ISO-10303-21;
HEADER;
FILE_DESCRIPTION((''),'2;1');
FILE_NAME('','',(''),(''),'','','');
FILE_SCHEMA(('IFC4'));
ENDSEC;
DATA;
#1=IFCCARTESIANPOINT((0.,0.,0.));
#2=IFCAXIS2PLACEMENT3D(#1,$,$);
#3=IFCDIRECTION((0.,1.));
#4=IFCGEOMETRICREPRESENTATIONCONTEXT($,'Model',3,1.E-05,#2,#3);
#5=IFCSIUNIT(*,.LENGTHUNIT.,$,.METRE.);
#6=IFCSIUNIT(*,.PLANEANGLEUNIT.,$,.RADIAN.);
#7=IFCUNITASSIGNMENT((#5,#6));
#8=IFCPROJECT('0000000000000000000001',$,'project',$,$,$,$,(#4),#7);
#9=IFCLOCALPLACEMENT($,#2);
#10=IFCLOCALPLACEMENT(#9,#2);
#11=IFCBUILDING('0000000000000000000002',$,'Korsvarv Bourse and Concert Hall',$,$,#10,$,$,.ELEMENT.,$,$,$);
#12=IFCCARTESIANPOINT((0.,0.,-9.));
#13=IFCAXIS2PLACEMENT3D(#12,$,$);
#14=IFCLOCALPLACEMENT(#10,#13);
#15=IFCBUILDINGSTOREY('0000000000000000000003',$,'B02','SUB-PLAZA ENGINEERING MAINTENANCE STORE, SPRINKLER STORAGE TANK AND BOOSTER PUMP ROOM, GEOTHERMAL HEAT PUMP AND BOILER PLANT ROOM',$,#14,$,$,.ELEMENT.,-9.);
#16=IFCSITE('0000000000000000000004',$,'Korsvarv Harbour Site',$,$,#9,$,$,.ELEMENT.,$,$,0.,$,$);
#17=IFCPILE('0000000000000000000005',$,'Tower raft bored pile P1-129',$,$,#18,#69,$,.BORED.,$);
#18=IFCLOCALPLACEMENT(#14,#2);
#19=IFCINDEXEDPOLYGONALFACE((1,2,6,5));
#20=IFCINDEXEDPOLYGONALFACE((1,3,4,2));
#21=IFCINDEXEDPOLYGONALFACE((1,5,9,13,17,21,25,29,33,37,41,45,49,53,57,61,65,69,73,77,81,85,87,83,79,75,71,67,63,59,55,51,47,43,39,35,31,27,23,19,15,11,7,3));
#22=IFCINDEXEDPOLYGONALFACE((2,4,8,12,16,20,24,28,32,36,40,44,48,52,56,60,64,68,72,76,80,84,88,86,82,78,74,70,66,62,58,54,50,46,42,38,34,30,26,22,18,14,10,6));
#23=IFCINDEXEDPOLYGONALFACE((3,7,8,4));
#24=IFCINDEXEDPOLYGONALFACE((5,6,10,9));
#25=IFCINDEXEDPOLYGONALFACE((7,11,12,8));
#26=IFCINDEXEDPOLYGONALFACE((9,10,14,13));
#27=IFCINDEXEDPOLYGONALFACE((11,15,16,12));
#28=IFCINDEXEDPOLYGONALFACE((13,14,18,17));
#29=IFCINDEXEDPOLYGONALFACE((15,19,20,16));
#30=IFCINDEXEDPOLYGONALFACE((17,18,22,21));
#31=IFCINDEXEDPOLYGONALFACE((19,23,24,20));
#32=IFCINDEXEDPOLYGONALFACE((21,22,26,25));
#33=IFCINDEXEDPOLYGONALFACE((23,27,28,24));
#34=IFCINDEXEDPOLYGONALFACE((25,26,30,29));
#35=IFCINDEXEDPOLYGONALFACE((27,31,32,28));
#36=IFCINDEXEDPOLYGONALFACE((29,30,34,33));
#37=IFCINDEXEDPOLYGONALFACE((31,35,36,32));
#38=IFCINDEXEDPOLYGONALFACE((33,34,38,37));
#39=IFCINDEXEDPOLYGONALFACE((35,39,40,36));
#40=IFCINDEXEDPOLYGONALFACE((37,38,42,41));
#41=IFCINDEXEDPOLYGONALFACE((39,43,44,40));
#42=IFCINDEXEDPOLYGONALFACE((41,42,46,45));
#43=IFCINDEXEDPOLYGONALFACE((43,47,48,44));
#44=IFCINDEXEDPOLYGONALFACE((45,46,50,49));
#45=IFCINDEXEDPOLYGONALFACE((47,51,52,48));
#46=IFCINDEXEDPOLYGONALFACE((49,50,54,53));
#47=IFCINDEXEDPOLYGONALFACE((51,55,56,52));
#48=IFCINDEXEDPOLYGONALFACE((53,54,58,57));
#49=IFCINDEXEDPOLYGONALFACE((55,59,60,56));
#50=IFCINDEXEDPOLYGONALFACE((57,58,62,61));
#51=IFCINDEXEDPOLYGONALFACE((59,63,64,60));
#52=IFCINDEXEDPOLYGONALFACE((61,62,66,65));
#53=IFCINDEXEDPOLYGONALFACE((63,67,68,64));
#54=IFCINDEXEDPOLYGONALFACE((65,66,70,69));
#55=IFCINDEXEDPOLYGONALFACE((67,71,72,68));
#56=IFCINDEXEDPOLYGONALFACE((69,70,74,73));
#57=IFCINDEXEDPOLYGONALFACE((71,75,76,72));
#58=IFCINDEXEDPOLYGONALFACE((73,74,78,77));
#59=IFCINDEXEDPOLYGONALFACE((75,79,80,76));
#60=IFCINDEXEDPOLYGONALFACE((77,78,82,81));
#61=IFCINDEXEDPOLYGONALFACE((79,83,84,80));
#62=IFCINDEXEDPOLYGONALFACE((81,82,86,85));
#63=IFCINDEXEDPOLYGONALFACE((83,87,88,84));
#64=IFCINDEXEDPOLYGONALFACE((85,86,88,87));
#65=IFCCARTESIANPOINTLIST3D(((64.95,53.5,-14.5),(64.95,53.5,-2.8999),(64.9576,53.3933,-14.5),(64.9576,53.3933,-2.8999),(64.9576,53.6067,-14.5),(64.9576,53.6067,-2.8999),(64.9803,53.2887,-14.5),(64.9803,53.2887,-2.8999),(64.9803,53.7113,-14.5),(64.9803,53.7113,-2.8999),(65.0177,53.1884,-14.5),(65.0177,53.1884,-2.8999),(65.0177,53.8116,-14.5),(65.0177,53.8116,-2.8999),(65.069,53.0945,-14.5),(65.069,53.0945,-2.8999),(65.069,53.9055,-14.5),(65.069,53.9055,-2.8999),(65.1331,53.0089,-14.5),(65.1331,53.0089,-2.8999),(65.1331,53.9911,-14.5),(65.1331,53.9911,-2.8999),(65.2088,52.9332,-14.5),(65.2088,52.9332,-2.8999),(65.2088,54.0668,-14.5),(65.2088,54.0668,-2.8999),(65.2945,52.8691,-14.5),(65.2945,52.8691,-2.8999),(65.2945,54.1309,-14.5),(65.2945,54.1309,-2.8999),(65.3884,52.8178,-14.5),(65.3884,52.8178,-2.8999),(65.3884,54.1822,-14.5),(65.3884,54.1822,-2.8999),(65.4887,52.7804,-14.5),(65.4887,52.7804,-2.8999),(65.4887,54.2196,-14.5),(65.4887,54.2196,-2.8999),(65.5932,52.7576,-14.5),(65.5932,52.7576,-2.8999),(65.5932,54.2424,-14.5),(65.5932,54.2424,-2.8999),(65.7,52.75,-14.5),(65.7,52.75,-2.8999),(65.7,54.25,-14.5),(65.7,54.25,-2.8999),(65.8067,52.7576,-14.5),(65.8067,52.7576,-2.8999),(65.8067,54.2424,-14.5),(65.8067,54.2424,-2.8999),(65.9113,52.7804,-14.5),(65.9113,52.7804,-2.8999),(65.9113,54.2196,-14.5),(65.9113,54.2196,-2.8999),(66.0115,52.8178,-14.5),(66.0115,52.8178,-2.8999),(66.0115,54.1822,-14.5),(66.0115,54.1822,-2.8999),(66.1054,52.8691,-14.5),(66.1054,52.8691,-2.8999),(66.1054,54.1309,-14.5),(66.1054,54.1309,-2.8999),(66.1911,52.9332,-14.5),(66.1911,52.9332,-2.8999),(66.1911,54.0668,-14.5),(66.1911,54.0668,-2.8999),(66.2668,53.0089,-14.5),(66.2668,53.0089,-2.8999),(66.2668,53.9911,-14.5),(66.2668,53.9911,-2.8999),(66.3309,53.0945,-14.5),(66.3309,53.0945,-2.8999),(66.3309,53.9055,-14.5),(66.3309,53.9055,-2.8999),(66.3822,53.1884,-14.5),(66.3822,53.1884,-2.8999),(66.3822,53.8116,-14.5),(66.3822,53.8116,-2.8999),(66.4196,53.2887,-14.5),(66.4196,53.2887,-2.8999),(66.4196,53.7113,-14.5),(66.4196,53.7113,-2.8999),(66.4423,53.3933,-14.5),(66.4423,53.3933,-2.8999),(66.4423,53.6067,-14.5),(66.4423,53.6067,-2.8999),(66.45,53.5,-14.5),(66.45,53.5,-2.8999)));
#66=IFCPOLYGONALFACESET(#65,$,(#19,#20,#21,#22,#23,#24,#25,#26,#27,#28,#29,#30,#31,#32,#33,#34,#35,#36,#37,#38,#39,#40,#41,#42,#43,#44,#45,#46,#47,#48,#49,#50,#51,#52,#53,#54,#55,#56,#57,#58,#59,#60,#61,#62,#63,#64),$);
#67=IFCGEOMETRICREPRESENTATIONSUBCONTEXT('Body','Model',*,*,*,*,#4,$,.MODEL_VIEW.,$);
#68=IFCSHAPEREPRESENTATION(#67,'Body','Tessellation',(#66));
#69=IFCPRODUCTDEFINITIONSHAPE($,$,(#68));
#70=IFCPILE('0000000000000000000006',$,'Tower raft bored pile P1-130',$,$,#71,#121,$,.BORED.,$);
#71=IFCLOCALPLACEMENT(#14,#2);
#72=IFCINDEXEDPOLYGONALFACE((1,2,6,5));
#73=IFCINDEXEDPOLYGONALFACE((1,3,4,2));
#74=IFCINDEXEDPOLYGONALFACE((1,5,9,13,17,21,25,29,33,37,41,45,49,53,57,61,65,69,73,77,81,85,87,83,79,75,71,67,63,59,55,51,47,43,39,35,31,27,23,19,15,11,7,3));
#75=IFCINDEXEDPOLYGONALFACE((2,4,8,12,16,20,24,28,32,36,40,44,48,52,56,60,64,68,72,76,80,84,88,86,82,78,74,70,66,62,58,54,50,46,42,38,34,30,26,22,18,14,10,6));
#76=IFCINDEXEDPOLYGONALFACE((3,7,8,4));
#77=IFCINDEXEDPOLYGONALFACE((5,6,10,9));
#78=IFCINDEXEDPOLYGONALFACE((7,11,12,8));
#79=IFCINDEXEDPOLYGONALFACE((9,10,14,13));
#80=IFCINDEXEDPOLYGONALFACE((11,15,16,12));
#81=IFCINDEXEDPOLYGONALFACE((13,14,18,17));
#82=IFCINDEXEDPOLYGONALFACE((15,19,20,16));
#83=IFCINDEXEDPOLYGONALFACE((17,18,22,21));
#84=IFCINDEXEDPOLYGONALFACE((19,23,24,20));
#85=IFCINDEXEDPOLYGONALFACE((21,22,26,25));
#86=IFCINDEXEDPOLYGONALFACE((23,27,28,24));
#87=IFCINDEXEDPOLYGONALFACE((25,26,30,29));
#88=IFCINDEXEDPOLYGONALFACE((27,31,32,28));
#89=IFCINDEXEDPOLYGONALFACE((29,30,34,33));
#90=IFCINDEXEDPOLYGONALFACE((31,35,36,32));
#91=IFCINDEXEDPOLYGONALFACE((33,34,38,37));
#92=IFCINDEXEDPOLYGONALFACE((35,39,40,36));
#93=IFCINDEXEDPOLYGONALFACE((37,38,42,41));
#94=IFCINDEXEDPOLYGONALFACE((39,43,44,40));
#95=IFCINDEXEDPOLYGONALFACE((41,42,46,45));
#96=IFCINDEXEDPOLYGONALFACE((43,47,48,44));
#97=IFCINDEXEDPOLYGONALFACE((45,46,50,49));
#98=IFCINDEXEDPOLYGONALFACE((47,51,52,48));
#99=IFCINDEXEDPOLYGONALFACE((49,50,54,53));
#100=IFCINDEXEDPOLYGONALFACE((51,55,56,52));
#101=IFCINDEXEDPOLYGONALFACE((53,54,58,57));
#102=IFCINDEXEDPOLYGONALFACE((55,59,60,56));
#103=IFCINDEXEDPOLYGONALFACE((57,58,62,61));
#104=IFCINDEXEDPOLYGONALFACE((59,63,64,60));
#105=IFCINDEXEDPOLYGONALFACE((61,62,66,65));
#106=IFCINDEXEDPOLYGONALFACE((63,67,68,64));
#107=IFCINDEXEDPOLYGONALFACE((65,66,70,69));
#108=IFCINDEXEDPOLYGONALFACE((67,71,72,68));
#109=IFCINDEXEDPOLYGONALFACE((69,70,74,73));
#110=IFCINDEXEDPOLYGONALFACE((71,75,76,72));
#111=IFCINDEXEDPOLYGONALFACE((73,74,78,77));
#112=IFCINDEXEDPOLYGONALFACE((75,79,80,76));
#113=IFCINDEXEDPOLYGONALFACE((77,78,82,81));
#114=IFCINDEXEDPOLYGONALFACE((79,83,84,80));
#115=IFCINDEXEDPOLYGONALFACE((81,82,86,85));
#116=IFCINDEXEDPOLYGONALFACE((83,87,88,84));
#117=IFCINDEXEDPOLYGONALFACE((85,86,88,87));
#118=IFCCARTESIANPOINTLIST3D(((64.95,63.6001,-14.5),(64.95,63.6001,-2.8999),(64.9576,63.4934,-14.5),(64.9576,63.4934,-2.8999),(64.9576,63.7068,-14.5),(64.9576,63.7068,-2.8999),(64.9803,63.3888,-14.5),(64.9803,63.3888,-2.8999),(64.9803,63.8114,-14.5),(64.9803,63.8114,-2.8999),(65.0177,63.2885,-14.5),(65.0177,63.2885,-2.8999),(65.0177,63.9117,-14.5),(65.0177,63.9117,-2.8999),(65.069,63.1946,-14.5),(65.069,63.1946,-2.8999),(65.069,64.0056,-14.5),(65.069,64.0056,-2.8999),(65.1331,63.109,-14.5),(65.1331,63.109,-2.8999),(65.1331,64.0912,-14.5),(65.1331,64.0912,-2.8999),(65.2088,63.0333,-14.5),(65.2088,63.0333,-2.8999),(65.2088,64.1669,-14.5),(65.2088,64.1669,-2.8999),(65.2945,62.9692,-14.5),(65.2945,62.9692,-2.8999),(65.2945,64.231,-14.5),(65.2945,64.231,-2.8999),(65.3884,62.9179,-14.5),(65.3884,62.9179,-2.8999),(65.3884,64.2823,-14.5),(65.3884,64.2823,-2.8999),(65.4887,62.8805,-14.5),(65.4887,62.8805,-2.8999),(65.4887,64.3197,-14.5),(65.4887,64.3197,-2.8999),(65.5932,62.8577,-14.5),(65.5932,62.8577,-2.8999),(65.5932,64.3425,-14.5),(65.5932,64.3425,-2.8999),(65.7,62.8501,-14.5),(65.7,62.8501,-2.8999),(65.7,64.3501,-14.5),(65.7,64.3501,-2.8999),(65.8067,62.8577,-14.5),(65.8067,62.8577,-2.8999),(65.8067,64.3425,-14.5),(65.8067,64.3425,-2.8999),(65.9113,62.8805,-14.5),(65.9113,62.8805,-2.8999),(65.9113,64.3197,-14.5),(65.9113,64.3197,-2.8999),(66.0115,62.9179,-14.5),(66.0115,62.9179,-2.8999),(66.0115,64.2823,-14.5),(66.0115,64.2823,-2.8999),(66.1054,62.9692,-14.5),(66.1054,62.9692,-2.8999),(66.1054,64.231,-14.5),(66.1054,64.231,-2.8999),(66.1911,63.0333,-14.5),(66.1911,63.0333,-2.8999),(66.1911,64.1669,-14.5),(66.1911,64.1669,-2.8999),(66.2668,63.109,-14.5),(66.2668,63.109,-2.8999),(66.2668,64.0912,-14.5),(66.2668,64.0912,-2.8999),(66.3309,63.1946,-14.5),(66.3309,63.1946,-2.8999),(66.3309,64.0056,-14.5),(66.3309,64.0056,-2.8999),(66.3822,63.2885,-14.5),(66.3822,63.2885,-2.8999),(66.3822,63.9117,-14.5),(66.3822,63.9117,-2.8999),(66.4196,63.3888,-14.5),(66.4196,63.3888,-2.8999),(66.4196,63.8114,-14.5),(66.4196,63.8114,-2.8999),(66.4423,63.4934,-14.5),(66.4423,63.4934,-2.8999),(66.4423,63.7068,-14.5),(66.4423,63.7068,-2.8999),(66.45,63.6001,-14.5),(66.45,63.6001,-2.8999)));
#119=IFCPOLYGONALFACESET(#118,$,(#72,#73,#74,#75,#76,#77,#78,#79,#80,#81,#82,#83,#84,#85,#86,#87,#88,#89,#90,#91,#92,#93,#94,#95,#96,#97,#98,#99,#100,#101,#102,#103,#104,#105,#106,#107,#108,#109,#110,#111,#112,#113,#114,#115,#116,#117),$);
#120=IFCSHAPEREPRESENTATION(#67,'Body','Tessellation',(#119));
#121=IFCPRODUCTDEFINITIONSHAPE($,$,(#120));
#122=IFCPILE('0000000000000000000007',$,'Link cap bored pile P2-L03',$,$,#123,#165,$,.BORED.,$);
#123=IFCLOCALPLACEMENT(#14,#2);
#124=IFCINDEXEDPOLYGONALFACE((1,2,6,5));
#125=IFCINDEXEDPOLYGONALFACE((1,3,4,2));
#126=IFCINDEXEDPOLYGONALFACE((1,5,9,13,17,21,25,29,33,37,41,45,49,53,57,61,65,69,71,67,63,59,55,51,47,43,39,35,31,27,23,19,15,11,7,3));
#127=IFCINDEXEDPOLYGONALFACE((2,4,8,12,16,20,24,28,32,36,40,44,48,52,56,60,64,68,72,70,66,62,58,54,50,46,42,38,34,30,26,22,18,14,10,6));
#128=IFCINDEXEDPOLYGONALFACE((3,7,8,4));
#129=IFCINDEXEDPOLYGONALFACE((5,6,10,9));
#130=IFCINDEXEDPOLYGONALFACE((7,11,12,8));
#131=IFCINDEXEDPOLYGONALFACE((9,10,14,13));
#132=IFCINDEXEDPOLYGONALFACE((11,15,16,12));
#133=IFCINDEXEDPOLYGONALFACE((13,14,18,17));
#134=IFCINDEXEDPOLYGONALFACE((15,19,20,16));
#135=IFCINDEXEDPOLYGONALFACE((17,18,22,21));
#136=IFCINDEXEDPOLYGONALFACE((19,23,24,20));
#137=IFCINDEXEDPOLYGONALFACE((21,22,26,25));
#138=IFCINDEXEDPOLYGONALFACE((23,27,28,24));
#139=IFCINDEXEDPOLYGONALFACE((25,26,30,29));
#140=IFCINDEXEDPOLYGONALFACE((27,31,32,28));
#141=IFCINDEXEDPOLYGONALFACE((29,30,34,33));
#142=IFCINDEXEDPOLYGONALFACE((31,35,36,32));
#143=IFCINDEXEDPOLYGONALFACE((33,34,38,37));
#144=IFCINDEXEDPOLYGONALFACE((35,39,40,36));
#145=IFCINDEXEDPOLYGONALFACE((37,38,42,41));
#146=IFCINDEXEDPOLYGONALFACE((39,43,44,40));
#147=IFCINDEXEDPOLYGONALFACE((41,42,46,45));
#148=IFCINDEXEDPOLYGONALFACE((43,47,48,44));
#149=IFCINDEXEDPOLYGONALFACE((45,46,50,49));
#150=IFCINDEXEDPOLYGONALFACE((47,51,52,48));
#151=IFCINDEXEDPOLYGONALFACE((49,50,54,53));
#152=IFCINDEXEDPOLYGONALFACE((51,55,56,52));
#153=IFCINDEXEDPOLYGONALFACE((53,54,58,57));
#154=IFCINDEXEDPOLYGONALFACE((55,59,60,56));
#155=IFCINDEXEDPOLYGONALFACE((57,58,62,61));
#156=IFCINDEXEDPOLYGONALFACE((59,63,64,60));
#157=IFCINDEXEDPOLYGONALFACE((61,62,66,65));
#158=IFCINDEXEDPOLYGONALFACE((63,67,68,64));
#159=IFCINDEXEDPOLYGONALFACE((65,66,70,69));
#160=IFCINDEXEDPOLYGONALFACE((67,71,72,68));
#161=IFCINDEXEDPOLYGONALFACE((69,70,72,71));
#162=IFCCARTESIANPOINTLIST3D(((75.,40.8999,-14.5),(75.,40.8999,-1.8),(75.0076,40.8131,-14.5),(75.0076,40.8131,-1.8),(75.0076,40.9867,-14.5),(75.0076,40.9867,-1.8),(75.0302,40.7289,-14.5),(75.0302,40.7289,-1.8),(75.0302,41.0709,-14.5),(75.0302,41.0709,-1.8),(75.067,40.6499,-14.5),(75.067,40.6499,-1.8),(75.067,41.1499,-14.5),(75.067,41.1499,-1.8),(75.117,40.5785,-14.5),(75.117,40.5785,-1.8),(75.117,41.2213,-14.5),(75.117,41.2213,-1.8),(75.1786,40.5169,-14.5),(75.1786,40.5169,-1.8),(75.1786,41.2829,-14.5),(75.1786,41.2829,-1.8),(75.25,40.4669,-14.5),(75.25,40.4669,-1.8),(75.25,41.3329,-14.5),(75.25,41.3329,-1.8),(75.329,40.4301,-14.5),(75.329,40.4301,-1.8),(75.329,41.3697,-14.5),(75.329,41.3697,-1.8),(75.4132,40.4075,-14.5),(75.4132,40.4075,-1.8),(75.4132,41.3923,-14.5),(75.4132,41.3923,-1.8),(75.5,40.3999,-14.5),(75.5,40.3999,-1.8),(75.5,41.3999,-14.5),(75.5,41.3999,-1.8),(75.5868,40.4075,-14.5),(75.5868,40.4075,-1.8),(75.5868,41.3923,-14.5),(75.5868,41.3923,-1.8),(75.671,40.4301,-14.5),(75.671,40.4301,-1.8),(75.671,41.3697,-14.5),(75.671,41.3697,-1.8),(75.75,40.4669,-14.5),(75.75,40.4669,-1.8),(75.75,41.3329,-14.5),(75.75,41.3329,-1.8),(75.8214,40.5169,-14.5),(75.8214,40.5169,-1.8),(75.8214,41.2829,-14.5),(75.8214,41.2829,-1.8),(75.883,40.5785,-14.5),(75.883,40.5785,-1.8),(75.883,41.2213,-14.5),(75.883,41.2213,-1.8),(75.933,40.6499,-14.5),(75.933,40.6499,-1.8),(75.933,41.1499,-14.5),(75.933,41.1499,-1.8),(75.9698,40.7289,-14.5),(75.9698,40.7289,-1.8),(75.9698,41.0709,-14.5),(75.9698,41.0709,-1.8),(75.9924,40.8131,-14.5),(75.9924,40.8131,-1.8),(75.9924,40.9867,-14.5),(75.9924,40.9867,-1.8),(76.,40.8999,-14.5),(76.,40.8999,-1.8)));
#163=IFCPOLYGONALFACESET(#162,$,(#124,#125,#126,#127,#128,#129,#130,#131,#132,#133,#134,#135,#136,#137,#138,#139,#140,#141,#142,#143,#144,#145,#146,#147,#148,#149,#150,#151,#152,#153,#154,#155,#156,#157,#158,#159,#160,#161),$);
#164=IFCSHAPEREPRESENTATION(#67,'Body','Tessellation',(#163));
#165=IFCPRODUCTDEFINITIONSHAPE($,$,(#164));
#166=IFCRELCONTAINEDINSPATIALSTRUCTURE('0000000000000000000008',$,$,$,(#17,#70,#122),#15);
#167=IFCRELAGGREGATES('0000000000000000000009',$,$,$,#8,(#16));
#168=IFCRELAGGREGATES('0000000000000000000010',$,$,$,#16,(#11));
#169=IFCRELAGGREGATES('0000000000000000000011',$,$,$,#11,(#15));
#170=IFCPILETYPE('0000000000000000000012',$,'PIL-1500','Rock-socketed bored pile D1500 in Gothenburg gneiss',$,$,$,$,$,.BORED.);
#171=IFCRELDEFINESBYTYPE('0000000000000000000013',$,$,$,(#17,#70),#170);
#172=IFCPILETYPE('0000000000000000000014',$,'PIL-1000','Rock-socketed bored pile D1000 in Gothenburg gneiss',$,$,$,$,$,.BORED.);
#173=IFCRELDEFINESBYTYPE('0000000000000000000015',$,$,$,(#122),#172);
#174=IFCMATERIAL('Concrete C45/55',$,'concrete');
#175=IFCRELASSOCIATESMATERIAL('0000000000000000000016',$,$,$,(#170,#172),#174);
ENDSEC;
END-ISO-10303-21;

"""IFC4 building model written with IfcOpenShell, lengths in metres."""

from ifc_helpers import new_model, si_unit, direction, frame, origin, origin_2d, place, context, subcontext, project, spatial, circle, extrude, source, transform, mapped, material, material_profile, profile_set, type_object, element, save


model = new_model("IFC4")

# Units and contexts
model_context = context("Model", 3, precision=1e-05, world=origin(), true_north=direction((0.0, 1.0)))
body_context = subcontext(model_context, "Body", "Model", "MODEL_VIEW")
ifc_project = project(units=[si_unit("LENGTHUNIT", "METRE"), si_unit("PLANEANGLEUNIT", "RADIAN")], contexts=[model_context])

# Site, building, storey
site_placement = place(None, origin())
site = spatial("IfcSite", under=ifc_project, at=site_placement, Name="Korsvarv Harbour Site", CompositionType="ELEMENT", RefElevation=0.0)
building_placement = place(site_placement, origin())
building = spatial("IfcBuilding", under=site, at=building_placement, Name="Korsvarv Bourse and Concert Hall", CompositionType="ELEMENT")
storey_placement = place(building_placement, frame((0.0, 0.0, -9.0)))
storey = spatial("IfcBuildingStorey", under=building, at=storey_placement, Name="B02", Description="SUB-PLAZA ENGINEERING MAINTENANCE STORE, SPRINKLER STORAGE TANK AND BOOSTER PUMP ROOM, GEOTHERMAL HEAT PUMP AND BOILER PLANT ROOM", CompositionType="ELEMENT", Elevation=-9.0)

# Shared definitions
ifc_material_1 = material(Name="Concrete C45/55", Category="concrete")

# Piles
ifc_material_profile_1 = material_profile(ifc_material_1, circle(Radius=0.75, at=origin_2d()), Name="PILE D1500")
ifc_profile_set_1 = profile_set([ifc_material_profile_1], Name="Concrete C45/55")
pile_type_1 = type_object("IfcPileType", Name="PIL-1500", Description="Rock-socketed bored pile D1500 in Gothenburg gneiss", PredefinedType="BORED", material=ifc_profile_set_1)
shared_shape_1 = source(origin(), body_context, "Body", "SweptSolid", [
    extrude(circle(Radius=0.75, at=origin_2d()), origin(), (0.0, 0.0, 1.0), 11.6001),
])
for number, where, z_axis, x_axis, name in (
    (1, (65.7, 53.5, -2.8999), (0.0, 0.0, -1.0), (1.0, 0.0, 0.0), "Tower raft bored pile P1-129"),
    (2, (65.7, 63.6001, -2.8999), (0.0, 0.0, -1.0), (1.0, 0.0, 0.0), "Tower raft bored pile P1-130"),
):
    element("IfcPile", number, at=place(storey_placement, frame(where, z_axis=z_axis, x_axis=x_axis)), inside=storey, type_object=pile_type_1, Name=name, PredefinedType="BORED", context=body_context, shape_type="MappedRepresentation", body=[
        mapped(shared_shape_1, transform((0.0, 0.0, 0.0), scale=1.0)),
    ])
ifc_material_profile_2 = material_profile(ifc_material_1, circle(Radius=0.5, at=origin_2d()), Name="PILE D1000")
ifc_profile_set_2 = profile_set([ifc_material_profile_2], Name="Concrete C45/55")
pile_type_2 = type_object("IfcPileType", Name="PIL-1000", Description="Rock-socketed bored pile D1000 in Gothenburg gneiss", PredefinedType="BORED", material=ifc_profile_set_2)
shared_shape_2 = source(origin(), body_context, "Body", "SweptSolid", [
    extrude(circle(Radius=0.5, at=origin_2d()), origin(), (0.0, 0.0, 1.0), 12.7),
])
for number, where, z_axis, x_axis, name in (
    (3, (75.5, 40.8999, -1.8), (0.0, 0.0, -1.0), (1.0, 0.0, 0.0), "Link cap bored pile P2-L03"),
):
    element("IfcPile", number, at=place(storey_placement, frame(where, z_axis=z_axis, x_axis=x_axis)), inside=storey, type_object=pile_type_2, Name=name, PredefinedType="BORED", context=body_context, shape_type="MappedRepresentation", body=[
        mapped(shared_shape_2, transform((0.0, 0.0, 0.0), scale=1.0)),
    ])

save(model, "model.ifc")
